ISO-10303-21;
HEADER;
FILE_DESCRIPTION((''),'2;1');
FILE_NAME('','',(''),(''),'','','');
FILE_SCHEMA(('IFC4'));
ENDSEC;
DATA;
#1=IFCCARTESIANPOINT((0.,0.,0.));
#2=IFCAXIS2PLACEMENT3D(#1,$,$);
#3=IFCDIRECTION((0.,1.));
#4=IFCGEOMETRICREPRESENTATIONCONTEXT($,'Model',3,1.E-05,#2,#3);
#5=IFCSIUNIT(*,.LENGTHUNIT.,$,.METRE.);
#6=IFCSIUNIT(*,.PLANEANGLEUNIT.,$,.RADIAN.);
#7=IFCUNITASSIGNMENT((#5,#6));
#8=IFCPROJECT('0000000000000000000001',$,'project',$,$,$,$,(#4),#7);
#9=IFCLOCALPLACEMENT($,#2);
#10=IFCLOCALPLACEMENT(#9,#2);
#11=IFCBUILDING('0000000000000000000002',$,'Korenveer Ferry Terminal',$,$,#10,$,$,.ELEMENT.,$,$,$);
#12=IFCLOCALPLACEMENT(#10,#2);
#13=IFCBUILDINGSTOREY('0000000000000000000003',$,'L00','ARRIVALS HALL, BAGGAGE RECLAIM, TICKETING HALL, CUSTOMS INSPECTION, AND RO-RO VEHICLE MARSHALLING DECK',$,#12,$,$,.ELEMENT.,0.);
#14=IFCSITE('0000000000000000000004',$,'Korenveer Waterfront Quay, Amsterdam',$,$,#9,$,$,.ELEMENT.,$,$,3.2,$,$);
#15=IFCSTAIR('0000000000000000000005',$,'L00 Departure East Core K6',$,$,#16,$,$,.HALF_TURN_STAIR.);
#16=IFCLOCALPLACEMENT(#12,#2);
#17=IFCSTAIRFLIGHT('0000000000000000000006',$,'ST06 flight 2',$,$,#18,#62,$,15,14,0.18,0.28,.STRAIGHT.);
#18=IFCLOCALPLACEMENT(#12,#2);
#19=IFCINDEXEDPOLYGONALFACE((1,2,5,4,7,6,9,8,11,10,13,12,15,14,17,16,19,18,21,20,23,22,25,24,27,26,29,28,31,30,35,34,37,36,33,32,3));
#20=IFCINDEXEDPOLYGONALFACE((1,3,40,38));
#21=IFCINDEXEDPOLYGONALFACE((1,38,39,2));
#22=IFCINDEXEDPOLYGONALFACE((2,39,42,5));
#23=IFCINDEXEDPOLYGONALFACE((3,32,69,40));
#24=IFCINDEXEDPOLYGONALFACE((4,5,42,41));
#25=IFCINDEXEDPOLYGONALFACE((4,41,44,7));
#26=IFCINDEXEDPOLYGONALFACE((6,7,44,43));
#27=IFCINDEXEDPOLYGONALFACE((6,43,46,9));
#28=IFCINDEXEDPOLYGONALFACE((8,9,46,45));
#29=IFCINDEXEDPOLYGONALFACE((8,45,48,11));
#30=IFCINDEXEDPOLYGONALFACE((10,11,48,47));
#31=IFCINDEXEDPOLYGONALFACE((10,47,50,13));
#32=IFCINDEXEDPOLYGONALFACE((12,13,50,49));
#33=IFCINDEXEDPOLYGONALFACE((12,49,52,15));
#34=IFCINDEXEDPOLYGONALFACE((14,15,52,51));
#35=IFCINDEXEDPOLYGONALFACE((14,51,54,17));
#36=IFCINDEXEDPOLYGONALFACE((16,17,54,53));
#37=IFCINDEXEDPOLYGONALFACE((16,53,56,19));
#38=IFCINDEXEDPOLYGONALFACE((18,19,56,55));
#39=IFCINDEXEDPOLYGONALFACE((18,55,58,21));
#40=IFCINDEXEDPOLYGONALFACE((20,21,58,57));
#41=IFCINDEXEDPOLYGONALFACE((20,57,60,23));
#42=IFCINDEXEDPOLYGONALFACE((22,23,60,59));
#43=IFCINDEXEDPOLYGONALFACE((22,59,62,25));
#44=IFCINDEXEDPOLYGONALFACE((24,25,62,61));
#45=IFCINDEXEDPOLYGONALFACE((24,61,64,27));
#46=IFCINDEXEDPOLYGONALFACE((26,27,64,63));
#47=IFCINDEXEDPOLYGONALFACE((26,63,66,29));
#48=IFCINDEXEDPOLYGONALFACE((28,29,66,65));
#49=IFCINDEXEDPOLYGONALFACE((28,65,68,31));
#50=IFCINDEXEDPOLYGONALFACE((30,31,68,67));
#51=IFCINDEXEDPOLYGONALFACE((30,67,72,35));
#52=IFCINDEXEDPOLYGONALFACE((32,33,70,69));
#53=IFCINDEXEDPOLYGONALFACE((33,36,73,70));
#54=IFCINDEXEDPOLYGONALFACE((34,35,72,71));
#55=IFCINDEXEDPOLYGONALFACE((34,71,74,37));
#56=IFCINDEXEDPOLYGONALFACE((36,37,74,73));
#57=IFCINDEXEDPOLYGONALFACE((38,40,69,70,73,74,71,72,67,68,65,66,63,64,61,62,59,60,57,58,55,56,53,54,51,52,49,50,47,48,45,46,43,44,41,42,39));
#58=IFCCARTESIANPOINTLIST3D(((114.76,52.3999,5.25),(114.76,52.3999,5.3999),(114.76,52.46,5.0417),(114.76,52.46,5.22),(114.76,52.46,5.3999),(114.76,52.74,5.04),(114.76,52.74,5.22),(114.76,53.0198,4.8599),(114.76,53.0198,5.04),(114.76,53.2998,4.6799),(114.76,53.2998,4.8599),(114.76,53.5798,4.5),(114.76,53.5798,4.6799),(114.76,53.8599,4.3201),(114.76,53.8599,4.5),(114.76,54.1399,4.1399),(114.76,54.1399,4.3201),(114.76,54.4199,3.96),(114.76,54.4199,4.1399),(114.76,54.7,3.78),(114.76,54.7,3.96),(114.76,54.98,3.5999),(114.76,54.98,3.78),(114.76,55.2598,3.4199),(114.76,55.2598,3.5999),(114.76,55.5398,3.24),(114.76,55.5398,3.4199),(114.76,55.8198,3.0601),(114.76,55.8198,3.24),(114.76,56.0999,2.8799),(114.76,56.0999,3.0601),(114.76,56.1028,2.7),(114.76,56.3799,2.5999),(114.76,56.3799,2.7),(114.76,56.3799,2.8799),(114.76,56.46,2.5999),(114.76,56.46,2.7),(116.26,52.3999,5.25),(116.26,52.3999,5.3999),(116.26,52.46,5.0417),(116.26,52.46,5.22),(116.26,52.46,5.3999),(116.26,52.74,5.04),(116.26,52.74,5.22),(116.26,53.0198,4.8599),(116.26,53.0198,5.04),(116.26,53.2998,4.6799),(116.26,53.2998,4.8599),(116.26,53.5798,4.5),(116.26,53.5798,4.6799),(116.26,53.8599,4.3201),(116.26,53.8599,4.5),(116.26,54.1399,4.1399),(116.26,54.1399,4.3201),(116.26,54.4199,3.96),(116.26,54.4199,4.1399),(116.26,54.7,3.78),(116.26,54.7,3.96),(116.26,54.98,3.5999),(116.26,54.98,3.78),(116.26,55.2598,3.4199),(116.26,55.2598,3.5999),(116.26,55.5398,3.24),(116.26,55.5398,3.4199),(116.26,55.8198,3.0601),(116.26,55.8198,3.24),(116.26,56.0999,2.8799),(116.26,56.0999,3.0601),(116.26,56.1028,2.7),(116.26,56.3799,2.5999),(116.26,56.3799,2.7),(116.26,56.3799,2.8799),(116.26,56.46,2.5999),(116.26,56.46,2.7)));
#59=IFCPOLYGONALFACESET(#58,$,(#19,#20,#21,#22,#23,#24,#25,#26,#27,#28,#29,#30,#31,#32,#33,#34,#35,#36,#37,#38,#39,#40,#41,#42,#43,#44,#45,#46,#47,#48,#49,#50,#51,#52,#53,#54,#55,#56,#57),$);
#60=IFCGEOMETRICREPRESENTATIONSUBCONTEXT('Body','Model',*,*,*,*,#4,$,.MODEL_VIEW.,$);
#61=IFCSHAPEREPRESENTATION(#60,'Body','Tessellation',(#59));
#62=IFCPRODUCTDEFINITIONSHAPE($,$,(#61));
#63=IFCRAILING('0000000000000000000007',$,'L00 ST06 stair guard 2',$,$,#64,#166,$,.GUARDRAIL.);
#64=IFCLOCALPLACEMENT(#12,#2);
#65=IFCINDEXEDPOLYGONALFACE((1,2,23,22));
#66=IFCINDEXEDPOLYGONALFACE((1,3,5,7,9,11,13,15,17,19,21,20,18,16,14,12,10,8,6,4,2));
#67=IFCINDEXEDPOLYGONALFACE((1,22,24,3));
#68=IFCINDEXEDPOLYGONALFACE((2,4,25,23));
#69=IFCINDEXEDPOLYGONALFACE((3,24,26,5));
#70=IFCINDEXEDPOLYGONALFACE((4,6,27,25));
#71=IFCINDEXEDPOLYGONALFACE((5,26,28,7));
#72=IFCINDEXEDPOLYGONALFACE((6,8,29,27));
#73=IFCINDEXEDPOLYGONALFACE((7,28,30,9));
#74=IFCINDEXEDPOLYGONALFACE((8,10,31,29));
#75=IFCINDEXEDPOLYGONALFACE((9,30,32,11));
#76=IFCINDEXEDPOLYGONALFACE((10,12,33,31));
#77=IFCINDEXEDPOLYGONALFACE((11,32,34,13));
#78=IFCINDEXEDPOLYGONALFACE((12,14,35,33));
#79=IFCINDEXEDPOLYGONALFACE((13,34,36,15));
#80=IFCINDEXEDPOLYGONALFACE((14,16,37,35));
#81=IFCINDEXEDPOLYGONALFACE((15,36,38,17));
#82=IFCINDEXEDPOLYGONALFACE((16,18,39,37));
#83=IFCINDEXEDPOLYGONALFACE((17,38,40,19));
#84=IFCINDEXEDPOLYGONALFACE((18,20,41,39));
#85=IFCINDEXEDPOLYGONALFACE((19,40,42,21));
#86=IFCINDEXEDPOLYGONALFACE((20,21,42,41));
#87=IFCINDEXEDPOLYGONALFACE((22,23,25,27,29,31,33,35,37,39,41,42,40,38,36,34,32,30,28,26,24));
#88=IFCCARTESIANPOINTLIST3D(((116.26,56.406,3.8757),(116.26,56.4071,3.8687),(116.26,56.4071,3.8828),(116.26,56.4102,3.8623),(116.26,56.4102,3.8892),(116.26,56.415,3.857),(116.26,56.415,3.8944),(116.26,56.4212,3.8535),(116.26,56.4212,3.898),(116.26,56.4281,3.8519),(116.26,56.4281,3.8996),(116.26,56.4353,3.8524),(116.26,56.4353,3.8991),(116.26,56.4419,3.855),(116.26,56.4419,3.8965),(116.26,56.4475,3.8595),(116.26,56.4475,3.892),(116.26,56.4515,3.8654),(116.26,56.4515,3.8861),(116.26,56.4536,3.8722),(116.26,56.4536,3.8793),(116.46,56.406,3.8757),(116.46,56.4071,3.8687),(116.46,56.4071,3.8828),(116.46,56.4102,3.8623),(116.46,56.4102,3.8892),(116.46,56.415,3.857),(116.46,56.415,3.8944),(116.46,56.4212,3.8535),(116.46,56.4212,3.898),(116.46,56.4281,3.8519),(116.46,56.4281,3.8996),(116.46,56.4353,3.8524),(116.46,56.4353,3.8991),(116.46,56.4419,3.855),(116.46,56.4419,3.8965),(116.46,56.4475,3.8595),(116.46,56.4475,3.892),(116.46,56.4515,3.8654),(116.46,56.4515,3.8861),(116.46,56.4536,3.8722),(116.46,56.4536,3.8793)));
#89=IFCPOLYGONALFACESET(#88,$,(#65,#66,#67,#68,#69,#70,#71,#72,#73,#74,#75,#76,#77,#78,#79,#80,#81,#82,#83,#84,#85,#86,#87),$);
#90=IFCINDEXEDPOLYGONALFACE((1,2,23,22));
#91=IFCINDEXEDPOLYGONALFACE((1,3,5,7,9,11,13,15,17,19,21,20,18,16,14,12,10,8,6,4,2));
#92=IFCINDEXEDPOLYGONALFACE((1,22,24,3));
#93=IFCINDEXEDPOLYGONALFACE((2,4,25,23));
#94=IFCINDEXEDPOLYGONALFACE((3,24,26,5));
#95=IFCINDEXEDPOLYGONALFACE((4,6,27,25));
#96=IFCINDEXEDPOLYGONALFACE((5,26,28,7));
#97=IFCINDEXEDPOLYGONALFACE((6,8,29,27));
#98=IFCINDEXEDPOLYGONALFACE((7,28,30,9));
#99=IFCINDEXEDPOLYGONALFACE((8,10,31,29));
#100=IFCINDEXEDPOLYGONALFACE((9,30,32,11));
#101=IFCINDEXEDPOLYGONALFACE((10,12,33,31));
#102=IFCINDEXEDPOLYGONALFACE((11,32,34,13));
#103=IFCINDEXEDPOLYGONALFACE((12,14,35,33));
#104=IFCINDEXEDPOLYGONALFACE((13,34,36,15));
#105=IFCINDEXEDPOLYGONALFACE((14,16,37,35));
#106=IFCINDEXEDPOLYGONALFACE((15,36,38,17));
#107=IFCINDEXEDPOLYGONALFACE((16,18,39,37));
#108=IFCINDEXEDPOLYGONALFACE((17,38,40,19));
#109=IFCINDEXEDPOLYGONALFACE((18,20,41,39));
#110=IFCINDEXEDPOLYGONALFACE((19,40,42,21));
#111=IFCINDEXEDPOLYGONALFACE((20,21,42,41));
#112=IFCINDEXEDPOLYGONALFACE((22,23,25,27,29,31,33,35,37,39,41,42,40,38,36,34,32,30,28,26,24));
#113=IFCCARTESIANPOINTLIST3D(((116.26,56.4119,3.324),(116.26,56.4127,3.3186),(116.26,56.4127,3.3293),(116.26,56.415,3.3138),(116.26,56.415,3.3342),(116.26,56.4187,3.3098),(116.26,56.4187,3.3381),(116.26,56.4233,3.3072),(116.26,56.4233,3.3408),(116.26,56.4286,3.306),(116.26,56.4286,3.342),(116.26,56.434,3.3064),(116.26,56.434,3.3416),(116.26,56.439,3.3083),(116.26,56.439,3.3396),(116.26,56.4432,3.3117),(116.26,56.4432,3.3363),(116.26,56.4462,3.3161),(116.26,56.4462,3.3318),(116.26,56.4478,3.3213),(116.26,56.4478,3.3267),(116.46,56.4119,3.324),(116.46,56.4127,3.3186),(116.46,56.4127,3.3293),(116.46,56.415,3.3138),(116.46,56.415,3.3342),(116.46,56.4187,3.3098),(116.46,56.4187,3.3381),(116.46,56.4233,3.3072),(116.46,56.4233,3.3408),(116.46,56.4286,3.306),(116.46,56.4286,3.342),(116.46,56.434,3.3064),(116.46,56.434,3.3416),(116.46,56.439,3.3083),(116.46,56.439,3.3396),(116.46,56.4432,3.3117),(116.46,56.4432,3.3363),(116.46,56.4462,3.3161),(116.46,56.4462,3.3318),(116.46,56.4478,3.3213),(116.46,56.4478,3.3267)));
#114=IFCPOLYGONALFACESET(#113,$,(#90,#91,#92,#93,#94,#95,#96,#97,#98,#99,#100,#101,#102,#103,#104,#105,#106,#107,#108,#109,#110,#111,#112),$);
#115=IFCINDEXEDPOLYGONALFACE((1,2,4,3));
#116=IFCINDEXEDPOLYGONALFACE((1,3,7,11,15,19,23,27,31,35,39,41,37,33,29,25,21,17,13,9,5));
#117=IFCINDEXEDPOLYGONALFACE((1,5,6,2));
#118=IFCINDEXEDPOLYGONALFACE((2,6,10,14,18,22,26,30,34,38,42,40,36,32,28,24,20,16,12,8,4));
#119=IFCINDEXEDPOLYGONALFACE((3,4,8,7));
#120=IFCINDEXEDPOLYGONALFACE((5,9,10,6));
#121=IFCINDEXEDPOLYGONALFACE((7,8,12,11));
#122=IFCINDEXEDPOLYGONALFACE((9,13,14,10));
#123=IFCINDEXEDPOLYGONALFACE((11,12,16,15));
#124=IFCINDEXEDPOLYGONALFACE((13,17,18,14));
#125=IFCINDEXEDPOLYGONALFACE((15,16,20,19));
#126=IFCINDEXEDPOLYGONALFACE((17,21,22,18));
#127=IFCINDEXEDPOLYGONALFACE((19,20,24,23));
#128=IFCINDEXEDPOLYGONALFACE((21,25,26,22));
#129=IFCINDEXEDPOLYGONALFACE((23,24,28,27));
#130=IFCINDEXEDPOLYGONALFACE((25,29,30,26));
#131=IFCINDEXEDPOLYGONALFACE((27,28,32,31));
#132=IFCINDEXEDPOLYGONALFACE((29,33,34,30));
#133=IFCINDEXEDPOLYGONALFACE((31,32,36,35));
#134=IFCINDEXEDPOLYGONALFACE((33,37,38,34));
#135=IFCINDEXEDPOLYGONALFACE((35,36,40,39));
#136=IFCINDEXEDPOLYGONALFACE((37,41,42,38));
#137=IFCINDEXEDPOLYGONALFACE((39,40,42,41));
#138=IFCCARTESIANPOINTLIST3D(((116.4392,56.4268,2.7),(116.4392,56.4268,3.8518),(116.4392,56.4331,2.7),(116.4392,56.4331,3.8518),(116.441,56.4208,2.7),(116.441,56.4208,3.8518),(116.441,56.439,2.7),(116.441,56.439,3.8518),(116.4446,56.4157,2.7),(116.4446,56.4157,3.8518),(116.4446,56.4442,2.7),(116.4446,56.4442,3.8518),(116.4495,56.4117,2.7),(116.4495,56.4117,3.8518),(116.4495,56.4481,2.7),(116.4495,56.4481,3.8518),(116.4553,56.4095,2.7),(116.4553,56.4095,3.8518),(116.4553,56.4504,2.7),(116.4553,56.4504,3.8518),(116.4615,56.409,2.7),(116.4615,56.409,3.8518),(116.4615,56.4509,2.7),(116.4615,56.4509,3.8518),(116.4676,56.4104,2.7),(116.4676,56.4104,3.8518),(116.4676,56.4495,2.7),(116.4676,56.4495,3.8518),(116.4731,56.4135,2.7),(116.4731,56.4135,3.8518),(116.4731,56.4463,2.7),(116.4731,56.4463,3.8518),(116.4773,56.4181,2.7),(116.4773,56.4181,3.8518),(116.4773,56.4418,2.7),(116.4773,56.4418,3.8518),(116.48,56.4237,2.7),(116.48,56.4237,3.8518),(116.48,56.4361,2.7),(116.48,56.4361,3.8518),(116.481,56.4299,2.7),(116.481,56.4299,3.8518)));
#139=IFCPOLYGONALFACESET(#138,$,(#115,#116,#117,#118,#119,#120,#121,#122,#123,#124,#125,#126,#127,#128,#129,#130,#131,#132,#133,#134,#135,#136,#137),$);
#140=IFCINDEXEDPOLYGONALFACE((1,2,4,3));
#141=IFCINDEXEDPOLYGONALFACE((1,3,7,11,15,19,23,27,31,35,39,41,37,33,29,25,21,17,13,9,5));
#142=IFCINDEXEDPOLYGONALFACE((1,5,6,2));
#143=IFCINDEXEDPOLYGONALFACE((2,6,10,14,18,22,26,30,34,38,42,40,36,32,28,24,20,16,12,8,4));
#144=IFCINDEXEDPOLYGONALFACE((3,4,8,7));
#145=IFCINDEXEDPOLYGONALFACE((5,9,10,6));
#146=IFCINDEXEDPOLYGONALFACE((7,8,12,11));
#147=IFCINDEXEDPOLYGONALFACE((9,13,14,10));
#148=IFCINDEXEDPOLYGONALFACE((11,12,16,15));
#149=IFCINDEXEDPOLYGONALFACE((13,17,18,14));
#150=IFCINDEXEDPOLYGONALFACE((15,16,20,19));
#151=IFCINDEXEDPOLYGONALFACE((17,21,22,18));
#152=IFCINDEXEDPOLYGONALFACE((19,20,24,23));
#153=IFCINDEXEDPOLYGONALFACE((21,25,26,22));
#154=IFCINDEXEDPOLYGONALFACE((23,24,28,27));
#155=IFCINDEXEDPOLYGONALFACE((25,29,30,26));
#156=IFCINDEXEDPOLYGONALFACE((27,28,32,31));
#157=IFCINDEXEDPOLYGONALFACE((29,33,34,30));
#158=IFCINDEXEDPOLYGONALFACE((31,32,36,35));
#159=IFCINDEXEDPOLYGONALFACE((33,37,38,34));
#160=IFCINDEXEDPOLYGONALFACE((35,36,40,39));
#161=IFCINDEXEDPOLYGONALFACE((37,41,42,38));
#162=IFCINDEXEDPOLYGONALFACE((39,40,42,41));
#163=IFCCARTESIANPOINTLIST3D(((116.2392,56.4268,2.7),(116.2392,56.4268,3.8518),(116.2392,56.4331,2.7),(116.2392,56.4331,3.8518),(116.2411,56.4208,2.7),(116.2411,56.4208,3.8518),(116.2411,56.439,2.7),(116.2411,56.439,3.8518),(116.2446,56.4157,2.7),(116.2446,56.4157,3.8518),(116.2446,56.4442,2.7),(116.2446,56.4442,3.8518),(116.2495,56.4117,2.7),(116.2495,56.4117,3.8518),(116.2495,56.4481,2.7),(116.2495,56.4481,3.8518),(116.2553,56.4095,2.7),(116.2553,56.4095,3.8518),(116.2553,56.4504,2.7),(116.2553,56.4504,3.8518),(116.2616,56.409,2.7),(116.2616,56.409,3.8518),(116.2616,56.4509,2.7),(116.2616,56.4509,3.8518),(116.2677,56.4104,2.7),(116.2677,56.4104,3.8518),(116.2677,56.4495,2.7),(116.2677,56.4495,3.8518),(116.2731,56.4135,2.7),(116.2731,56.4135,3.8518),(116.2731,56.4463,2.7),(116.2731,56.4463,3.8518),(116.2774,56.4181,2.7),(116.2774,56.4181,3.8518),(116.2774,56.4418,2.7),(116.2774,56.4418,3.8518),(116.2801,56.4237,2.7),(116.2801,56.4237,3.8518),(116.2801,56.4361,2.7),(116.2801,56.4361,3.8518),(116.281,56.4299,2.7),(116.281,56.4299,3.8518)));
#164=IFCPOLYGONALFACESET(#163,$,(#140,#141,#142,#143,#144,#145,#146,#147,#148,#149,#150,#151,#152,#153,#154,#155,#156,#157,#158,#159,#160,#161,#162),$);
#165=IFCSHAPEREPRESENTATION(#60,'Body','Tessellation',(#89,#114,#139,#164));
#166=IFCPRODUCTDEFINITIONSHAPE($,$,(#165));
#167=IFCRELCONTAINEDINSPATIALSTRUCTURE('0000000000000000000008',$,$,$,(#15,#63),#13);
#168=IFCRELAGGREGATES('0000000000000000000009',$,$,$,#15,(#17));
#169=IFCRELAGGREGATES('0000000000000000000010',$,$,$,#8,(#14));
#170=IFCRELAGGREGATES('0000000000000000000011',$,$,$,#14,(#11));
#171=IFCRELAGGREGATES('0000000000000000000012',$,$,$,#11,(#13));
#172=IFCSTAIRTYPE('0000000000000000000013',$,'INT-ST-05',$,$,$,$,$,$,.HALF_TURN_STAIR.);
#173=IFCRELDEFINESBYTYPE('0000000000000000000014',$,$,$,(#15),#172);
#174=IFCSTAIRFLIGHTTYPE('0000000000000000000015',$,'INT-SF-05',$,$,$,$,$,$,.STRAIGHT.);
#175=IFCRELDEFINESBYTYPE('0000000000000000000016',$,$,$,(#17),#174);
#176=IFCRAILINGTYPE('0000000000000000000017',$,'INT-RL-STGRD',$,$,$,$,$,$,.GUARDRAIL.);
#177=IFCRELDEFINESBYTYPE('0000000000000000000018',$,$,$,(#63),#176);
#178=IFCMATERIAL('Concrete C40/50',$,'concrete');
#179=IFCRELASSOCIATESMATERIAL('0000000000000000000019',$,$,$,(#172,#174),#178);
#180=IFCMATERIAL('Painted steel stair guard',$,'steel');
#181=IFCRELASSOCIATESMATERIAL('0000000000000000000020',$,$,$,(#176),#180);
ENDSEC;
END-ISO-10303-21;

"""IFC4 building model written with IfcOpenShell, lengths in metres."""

from ifc_helpers import new_model, si_unit, direction, frame, origin, origin_2d, place, context, subcontext, project, spatial, polyline, circle, outline, extrude, material, type_object, element, aggregate, save


model = new_model("IFC4")

# Units and contexts
model_context = context("Model", 3, precision=1e-05, world=origin(), true_north=direction((0.0, 1.0)))
body_context = subcontext(model_context, "Body", "Model", "MODEL_VIEW")
ifc_project = project(units=[si_unit("LENGTHUNIT", "METRE"), si_unit("PLANEANGLEUNIT", "RADIAN")], contexts=[model_context])

# Site, building, storey
site_placement = place(None, origin())
site = spatial("IfcSite", under=ifc_project, at=site_placement, Name="Korenveer Waterfront Quay, Amsterdam", CompositionType="ELEMENT", RefElevation=3.2)
building_placement = place(site_placement, origin())
building = spatial("IfcBuilding", under=site, at=building_placement, Name="Korenveer Ferry Terminal", CompositionType="ELEMENT")
storey_placement = place(building_placement, origin())
storey = spatial("IfcBuildingStorey", under=building, at=storey_placement, Name="L00", Description="ARRIVALS HALL, BAGGAGE RECLAIM, TICKETING HALL, CUSTOMS INSPECTION, AND RO-RO VEHICLE MARSHALLING DECK", CompositionType="ELEMENT", Elevation=0.0)

# Shared definitions
ifc_material_1 = material(Name="Concrete C40/50", Category="concrete")

# Stair, stair flight
stair_type = type_object("IfcStairType", Name="INT-ST-05", PredefinedType="HALF_TURN_STAIR", material=ifc_material_1)
stair_placement = place(storey_placement, frame((117.21, 52.46, 0.0)))
stair = element("IfcStair", 1, at=stair_placement, inside=storey, type_object=stair_type, Name="L00 Departure East Core K6", PredefinedType="HALF_TURN_STAIR")
stair_flight_type = type_object("IfcStairFlightType", Name="INT-SF-05", PredefinedType="STRAIGHT", material=ifc_material_1)
stair_flight_placement = place(storey_placement, frame((115.51, 56.3799, 2.7), z_axis=(0.0, 0.0, 1.0), x_axis=(0.0, -1.0, 0.0)))
stair_flight = element("IfcStairFlight", 2, at=stair_flight_placement, type_object=stair_flight_type, Name="ST06 flight 2", NumberOfRisers=15, NumberOfTreads=14, PredefinedType="STRAIGHT", RiserHeight=0.18, TreadLength=0.28, context=body_context, shape_type="SweptSolid", body=[
    extrude(outline(polyline([(-0.0801, 0.0), (0.0, 0.0), (0.0, 0.1799), (0.28, 0.1799), (0.28, 0.3601), (0.5601, 0.3601), (0.5601, 0.54), (0.8401, 0.54), (0.8401, 0.72), (1.1201, 0.72), (1.1201, 0.8999), (1.3999, 0.8999), (1.3999, 1.0801), (1.6799, 1.0801), (1.6799, 1.26), (1.96, 1.26), (1.96, 1.4399), (2.24, 1.4399), (2.24, 1.6201), (2.52, 1.6201), (2.52, 1.8), (2.8, 1.8), (2.8, 1.98), (3.0801, 1.98), (3.0801, 2.1599), (3.3601, 2.1599), (3.3601, 2.3401), (3.6399, 2.3401), (3.6399, 2.52), (3.9199, 2.52), (3.9199, 2.7), (3.98, 2.7), (3.98, 2.55), (3.9199, 2.3418), (0.2771, 0.0), (0.0, -0.1001), (-0.0801, -0.1001), (-0.0801, 0.0)])), frame((0.0, 0.75, 0.0), z_axis=(0.0, -1.0, 0.0), x_axis=(1.0, 0.0, 0.0)), (0.0, 0.0, 1.0), 1.5),
])
aggregate(stair, [stair_flight])

# Railing
ifc_material_2 = material(Name="Painted steel stair guard", Category="steel")
railing_type = type_object("IfcRailingType", Name="INT-RL-STGRD", PredefinedType="GUARDRAIL", material=ifc_material_2)
railing_1_placement = place(storey_placement, frame((116.46, 56.4299, 2.7)))
element("IfcRailing", 3, at=railing_1_placement, inside=storey, type_object=railing_type, Name="L00 ST06 stair guard 2", PredefinedType="GUARDRAIL", context=body_context, shape_type="SweptSolid", body=[
    extrude(circle(Radius=0.0239, at=origin_2d()), frame((0.0, 0.0, 1.1758), z_axis=(-1.0, 0.0, 0.0), x_axis=(0.0, -1.0, 0.0)), (0.0, 0.0, 1.0), 0.2),
    extrude(circle(Radius=0.0181, at=origin_2d()), frame((0.0, 0.0, 0.624), z_axis=(-1.0, 0.0, 0.0), x_axis=(0.0, -1.0, 0.0)), (0.0, 0.0, 1.0), 0.2),
    extrude(circle(Radius=0.021, at=origin_2d()), origin(), (0.0, 0.0, 1.0), 1.1519),
    extrude(circle(Radius=0.021, at=origin_2d()), frame((-0.2, 0.0, 0.0)), (0.0, 0.0, 1.0), 1.1519),
])

save(model, "model.ifc")
